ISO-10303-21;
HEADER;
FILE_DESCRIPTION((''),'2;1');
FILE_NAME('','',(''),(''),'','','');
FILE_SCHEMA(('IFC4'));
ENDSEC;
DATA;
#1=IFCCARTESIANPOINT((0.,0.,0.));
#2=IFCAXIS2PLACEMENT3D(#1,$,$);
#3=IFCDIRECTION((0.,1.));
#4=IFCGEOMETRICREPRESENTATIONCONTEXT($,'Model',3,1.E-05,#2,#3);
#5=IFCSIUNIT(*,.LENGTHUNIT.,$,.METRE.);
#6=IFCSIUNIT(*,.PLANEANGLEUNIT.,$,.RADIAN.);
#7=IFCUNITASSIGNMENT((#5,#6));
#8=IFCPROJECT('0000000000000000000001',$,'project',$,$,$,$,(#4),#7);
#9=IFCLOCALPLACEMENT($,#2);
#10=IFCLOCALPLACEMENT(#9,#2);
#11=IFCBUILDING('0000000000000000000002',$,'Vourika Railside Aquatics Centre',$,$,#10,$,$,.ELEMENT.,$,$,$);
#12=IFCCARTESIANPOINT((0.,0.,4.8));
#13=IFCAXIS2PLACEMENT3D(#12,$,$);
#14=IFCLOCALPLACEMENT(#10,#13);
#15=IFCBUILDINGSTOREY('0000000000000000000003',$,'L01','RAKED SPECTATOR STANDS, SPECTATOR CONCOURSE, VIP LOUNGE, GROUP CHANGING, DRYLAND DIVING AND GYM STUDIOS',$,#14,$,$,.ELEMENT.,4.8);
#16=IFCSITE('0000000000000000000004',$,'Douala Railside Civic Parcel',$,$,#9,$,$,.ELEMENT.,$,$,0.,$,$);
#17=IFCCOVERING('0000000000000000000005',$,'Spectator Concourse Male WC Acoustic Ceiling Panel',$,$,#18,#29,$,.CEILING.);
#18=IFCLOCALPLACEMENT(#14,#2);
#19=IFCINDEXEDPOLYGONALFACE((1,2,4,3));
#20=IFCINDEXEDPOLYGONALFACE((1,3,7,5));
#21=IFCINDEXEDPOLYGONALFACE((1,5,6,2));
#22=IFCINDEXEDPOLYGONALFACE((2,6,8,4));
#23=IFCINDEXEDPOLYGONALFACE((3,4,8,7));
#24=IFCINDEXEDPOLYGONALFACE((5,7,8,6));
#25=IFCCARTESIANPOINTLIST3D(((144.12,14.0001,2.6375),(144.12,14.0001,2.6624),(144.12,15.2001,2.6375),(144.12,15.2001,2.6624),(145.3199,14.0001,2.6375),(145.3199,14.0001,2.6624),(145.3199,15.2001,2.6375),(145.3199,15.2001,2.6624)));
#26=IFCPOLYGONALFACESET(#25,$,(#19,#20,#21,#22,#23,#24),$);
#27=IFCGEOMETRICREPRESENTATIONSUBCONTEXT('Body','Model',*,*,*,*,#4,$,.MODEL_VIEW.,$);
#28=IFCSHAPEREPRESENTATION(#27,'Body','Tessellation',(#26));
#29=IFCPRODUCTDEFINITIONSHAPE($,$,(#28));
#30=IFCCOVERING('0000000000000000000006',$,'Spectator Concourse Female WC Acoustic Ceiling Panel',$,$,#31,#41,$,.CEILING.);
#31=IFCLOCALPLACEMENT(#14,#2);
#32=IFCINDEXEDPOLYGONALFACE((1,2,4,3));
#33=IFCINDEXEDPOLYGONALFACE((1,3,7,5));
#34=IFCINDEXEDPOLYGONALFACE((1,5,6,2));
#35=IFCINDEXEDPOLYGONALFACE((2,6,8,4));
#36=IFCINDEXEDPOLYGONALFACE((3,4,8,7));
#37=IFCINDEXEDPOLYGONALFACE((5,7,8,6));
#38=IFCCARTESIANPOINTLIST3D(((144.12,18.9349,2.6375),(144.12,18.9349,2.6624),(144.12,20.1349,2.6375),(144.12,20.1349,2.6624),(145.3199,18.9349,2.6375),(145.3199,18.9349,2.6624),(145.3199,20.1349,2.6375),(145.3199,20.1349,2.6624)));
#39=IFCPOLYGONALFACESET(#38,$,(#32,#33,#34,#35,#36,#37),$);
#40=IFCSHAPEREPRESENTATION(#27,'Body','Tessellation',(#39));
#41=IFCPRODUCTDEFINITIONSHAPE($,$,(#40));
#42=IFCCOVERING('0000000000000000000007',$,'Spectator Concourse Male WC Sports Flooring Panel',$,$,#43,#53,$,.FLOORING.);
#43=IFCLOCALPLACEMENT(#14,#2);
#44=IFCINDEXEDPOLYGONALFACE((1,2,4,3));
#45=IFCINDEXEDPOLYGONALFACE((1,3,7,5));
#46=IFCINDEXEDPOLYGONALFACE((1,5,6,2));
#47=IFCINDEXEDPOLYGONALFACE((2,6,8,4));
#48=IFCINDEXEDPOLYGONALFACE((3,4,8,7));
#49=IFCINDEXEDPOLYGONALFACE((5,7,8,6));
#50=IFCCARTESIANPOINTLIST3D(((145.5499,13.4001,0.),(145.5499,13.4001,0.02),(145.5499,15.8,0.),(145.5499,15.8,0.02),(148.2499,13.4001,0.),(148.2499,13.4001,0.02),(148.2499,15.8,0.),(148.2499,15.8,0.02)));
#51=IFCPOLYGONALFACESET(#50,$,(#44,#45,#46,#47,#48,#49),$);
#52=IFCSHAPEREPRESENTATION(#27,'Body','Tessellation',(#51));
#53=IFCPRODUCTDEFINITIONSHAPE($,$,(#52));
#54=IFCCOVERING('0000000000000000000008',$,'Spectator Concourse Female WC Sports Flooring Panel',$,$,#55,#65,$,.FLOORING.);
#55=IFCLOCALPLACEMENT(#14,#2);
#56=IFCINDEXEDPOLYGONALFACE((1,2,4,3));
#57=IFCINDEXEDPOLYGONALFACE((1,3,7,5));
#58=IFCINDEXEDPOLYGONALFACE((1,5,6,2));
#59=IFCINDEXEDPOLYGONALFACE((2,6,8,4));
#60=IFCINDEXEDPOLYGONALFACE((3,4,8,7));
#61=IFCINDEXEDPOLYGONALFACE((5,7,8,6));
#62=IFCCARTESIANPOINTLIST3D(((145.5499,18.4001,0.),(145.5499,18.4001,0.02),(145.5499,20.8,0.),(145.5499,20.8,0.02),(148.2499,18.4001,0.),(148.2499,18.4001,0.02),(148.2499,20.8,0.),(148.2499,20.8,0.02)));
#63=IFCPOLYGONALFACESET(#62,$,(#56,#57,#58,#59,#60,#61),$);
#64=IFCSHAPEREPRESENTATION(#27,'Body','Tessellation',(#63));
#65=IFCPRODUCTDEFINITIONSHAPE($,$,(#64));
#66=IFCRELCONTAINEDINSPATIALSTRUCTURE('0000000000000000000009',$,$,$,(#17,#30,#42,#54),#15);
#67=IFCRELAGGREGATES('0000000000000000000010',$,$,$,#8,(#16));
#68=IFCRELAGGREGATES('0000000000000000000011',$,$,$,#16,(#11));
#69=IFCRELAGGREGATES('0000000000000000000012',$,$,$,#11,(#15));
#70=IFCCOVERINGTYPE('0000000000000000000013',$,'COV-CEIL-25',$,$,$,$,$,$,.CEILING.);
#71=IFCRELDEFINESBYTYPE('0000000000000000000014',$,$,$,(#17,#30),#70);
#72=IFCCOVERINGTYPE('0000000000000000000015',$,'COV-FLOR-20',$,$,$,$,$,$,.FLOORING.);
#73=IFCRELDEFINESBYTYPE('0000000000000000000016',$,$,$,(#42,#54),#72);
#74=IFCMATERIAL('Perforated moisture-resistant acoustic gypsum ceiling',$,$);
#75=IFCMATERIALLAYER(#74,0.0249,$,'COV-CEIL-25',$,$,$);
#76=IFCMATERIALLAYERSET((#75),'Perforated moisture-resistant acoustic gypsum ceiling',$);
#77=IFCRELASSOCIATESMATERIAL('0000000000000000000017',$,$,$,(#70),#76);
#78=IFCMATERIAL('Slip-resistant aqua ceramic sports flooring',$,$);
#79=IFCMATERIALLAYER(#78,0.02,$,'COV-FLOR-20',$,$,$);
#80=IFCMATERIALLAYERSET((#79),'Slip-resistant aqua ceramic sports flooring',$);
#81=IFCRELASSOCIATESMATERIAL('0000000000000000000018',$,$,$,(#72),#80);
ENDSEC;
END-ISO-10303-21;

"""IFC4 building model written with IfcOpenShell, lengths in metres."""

from ifc_helpers import new_model, si_unit, direction, frame, origin, origin_2d, place, context, subcontext, project, spatial, rectangle, extrude, material, layer, layer_set, type_object, element, save


model = new_model("IFC4")

# Units and contexts
model_context = context("Model", 3, precision=1e-05, world=origin(), true_north=direction((0.0, 1.0)))
body_context = subcontext(model_context, "Body", "Model", "MODEL_VIEW")
ifc_project = project(units=[si_unit("LENGTHUNIT", "METRE"), si_unit("PLANEANGLEUNIT", "RADIAN")], contexts=[model_context])

# Site, building, storey
site_placement = place(None, origin())
site = spatial("IfcSite", under=ifc_project, at=site_placement, Name="Douala Railside Civic Parcel", CompositionType="ELEMENT", RefElevation=0.0)
building_placement = place(site_placement, origin())
building = spatial("IfcBuilding", under=site, at=building_placement, Name="Vourika Railside Aquatics Centre", CompositionType="ELEMENT")
storey_placement = place(building_placement, frame((0.0, 0.0, 4.8)))
storey = spatial("IfcBuildingStorey", under=building, at=storey_placement, Name="L01", Description="RAKED SPECTATOR STANDS, SPECTATOR CONCOURSE, VIP LOUNGE, GROUP CHANGING, DRYLAND DIVING AND GYM STUDIOS", CompositionType="ELEMENT", Elevation=4.8)

# Coverings
ifc_material_1 = material(Name="Perforated moisture-resistant acoustic gypsum ceiling")
ifc_layer_1 = layer(ifc_material_1, 0.0249, Name="COV-CEIL-25")
ifc_layer_set_1 = layer_set([ifc_layer_1], Name="Perforated moisture-resistant acoustic gypsum ceiling")
covering_type_1 = type_object("IfcCoveringType", Name="COV-CEIL-25", PredefinedType="CEILING", material=ifc_layer_set_1)
for number, where, z_axis, x_axis, name in (
    (1, (144.72, 14.6001, 2.6375), (0.0, 0.0, 1.0), (1.0, 0.0, 0.0), "Spectator Concourse Male WC Acoustic Ceiling Panel"),
    (2, (144.72, 19.5349, 2.6375), (0.0, 0.0, 1.0), (1.0, 0.0, 0.0), "Spectator Concourse Female WC Acoustic Ceiling Panel"),
):
    element("IfcCovering", number, at=place(storey_placement, frame(where, z_axis=z_axis, x_axis=x_axis)), inside=storey, type_object=covering_type_1, Name=name, PredefinedType="CEILING", context=body_context, shape_type="SweptSolid", body=[
        extrude(rectangle(XDim=1.2, YDim=1.2, at=origin_2d()), origin(), (0.0, 0.0, 1.0), 0.0249),
    ])
ifc_material_2 = material(Name="Slip-resistant aqua ceramic sports flooring")
ifc_layer_2 = layer(ifc_material_2, 0.02, Name="COV-FLOR-20")
ifc_layer_set_2 = layer_set([ifc_layer_2], Name="Slip-resistant aqua ceramic sports flooring")
covering_type_2 = type_object("IfcCoveringType", Name="COV-FLOR-20", PredefinedType="FLOORING", material=ifc_layer_set_2)
for number, where, z_axis, x_axis, name in (
    (3, (146.8999, 14.6001, 0.0), (0.0, 0.0, 1.0), (1.0, 0.0, 0.0), "Spectator Concourse Male WC Sports Flooring Panel"),
    (4, (146.8999, 19.6001, 0.0), (0.0, 0.0, 1.0), (1.0, 0.0, 0.0), "Spectator Concourse Female WC Sports Flooring Panel"),
):
    element("IfcCovering", number, at=place(storey_placement, frame(where, z_axis=z_axis, x_axis=x_axis)), inside=storey, type_object=covering_type_2, Name=name, PredefinedType="FLOORING", context=body_context, shape_type="SweptSolid", body=[
        extrude(rectangle(XDim=2.7, YDim=2.3999, at=origin_2d()), origin(), (0.0, 0.0, 1.0), 0.02),
    ])

save(model, "model.ifc")
